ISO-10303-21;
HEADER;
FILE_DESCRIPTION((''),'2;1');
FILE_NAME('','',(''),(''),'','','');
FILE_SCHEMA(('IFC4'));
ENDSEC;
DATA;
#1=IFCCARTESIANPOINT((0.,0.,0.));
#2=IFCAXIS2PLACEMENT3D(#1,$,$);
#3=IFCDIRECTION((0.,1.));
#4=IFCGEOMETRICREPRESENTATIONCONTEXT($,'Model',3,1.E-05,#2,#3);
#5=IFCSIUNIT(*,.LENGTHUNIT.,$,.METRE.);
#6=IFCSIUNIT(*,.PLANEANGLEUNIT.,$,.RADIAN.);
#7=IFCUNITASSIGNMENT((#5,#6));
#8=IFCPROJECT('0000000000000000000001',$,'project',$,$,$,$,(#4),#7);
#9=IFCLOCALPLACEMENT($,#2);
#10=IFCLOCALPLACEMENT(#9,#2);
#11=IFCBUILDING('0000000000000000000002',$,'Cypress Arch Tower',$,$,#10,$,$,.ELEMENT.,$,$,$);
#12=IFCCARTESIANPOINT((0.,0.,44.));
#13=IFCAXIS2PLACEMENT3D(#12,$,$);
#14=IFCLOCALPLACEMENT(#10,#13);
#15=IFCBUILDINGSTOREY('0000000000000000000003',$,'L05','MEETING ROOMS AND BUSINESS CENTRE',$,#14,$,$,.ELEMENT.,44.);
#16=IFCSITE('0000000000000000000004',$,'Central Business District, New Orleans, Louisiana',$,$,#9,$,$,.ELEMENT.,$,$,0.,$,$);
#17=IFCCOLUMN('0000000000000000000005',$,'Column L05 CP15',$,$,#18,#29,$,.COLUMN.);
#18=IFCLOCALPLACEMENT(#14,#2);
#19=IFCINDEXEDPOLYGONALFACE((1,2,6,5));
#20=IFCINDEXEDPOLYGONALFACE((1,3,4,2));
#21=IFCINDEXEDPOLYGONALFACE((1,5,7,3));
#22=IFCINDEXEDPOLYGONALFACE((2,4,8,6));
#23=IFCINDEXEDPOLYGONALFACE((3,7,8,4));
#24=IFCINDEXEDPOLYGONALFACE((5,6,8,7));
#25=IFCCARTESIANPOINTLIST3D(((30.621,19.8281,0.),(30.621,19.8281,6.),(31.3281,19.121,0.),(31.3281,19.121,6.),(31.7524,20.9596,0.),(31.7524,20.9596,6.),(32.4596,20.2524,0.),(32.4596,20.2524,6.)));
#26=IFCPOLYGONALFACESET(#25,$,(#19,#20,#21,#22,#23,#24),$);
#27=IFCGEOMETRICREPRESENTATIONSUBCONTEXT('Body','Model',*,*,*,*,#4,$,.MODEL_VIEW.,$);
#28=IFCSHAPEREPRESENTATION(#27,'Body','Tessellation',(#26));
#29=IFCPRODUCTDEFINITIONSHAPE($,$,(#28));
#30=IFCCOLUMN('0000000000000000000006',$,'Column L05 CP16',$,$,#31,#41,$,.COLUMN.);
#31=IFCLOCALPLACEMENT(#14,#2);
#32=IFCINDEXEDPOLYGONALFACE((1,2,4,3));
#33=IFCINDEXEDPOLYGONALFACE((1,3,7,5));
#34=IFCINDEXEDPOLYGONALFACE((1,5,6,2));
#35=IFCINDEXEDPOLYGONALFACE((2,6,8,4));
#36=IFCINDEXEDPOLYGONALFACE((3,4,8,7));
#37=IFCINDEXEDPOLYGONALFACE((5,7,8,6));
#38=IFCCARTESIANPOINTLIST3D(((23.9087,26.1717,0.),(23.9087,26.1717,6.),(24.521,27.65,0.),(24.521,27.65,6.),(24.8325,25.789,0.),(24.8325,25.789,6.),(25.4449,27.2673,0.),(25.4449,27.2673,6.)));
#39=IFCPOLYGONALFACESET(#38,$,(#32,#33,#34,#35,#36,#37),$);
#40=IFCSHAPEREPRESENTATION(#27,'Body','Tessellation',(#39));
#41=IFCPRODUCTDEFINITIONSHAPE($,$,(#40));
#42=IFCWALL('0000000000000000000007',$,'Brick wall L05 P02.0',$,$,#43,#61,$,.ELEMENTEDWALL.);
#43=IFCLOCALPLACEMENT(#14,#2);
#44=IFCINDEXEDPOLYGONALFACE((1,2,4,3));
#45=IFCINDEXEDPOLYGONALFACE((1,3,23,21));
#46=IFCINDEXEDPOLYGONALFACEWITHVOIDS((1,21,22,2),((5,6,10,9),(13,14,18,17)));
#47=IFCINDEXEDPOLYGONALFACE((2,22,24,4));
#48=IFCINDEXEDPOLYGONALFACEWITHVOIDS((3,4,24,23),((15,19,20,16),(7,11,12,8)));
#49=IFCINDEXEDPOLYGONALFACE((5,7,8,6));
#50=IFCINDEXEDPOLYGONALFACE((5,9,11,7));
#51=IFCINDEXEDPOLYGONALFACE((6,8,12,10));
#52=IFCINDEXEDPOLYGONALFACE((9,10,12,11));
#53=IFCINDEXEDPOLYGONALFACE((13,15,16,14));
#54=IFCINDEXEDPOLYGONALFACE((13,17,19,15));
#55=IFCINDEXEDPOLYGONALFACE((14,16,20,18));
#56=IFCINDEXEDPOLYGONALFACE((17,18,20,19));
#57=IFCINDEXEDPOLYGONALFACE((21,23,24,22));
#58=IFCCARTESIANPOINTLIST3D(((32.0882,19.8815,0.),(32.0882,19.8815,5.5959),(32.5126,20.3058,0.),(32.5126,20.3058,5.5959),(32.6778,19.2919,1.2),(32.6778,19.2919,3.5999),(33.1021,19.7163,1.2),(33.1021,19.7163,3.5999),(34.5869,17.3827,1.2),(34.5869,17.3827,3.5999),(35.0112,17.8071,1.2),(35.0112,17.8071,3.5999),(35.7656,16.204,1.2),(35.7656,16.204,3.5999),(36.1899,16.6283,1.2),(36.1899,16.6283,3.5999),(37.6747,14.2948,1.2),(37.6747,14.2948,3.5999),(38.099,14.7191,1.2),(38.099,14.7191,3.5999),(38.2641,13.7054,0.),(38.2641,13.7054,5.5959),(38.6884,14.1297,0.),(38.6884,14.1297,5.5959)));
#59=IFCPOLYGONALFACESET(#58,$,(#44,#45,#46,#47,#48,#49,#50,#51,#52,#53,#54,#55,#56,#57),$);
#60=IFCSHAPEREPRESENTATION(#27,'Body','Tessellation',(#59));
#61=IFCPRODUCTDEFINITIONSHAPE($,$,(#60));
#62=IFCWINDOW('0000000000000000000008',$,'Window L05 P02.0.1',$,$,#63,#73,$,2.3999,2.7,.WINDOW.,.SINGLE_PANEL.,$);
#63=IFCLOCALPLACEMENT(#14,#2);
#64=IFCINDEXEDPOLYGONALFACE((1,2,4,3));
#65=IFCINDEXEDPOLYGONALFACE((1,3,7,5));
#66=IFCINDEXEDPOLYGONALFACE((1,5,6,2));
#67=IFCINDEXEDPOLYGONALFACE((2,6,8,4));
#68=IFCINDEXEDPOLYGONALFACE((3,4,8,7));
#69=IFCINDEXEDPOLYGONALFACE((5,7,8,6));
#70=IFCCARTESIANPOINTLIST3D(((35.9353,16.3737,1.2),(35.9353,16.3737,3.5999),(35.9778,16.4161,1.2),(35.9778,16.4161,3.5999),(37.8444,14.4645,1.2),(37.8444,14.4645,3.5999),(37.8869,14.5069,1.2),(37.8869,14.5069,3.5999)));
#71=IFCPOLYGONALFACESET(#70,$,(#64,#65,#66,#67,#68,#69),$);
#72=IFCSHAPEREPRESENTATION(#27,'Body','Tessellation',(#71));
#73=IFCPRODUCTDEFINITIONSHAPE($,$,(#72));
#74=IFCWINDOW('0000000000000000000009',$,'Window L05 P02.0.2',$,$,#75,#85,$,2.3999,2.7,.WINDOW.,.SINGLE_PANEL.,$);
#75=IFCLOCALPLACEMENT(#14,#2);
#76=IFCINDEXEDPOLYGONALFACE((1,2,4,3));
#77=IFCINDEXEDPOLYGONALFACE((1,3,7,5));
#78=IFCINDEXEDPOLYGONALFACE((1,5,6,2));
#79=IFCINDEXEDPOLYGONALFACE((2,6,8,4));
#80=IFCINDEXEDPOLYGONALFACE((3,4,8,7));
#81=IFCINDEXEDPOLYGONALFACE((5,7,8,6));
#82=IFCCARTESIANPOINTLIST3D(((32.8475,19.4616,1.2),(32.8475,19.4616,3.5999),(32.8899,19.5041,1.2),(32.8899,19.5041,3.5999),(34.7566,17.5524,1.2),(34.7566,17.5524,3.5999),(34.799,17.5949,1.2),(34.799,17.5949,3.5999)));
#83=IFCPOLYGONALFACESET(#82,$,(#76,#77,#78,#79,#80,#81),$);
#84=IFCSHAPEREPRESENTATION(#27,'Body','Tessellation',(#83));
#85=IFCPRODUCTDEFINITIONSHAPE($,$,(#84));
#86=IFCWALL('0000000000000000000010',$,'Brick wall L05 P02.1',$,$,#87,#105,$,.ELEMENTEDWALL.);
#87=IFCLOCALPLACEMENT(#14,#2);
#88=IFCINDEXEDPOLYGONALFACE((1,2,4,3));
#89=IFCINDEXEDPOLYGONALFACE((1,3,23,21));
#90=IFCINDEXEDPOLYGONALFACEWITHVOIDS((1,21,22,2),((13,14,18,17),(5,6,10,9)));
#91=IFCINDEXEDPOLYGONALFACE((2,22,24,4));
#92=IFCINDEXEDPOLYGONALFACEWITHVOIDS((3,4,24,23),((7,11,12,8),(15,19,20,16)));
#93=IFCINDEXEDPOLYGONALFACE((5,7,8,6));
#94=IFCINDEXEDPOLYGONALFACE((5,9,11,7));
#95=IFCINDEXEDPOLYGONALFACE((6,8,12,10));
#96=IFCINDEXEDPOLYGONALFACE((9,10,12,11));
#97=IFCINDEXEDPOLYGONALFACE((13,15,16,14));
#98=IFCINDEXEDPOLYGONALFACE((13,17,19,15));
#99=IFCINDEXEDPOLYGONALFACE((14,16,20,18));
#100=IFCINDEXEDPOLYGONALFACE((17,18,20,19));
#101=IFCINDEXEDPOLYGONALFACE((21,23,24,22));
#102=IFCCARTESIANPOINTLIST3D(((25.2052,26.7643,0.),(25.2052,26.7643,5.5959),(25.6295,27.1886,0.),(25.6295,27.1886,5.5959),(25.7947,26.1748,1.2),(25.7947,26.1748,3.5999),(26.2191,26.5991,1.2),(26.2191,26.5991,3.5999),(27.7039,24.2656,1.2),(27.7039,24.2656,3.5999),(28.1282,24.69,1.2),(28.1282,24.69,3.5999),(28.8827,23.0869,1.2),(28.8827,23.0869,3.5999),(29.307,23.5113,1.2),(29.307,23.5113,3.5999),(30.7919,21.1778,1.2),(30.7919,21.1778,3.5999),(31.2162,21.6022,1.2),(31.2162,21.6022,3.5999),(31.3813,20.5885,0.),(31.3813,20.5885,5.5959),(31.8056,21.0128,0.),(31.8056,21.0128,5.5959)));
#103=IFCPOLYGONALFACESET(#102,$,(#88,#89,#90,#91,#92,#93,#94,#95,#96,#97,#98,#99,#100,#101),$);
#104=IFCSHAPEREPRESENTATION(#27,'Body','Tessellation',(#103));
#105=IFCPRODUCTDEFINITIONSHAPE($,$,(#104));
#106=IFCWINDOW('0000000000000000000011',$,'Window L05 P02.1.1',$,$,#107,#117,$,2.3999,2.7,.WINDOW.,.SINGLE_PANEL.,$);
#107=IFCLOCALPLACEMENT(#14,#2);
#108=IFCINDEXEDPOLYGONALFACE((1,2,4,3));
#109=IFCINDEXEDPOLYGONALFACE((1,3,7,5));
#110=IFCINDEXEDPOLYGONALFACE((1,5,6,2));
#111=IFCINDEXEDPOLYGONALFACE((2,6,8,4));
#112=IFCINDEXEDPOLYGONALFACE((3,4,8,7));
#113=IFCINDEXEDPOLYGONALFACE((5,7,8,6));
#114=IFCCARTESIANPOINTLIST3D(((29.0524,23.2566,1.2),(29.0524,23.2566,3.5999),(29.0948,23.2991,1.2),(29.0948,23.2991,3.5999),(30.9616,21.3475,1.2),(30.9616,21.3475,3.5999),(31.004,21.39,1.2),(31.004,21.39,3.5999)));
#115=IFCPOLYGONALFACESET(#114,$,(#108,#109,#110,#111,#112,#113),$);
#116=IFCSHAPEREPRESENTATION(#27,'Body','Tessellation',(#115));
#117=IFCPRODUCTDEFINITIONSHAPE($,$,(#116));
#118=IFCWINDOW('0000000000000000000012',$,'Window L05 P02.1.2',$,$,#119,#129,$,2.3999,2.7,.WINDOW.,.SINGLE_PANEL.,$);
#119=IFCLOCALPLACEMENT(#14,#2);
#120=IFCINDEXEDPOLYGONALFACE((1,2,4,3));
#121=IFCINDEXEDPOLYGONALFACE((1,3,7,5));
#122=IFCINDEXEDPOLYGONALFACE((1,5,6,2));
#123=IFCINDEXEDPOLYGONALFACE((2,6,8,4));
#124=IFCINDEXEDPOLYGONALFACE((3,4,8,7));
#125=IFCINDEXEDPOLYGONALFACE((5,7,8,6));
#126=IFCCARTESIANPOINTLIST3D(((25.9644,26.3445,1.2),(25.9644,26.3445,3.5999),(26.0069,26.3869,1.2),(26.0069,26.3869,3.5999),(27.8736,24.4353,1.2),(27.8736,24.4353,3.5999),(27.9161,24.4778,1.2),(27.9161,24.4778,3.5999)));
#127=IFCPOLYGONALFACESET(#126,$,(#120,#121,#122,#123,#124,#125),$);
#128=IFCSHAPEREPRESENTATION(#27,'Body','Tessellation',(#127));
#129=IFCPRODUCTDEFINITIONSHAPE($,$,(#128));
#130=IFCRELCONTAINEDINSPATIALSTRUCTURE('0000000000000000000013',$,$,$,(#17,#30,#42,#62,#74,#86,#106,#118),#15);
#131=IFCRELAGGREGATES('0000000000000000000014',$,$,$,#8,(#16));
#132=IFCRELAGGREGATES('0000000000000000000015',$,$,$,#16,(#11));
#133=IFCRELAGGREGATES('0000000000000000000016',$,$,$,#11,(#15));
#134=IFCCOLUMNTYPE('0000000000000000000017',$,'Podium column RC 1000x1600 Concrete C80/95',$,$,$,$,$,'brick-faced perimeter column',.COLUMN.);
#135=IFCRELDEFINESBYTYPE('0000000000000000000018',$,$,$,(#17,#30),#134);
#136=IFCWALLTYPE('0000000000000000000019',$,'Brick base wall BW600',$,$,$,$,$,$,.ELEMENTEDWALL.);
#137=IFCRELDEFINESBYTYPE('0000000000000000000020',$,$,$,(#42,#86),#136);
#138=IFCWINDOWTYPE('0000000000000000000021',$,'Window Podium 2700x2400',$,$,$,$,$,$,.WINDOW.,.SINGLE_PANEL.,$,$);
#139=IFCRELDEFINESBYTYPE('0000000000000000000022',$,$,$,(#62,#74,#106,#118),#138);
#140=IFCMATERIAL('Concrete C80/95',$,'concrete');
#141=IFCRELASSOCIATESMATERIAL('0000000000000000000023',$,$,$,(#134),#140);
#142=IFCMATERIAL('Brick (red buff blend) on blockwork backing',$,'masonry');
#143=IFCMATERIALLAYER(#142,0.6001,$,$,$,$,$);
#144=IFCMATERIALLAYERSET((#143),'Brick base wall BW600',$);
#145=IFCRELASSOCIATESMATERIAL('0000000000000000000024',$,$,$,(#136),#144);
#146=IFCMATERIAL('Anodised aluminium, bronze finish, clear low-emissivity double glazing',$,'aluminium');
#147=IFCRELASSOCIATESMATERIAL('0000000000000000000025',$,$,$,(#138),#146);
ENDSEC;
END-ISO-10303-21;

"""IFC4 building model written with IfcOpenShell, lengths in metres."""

from ifc_helpers import new_model, si_unit, direction, frame, frame_2d, origin, origin_2d, place, context, subcontext, project, spatial, rectangle, extrude, material, layer, layer_set, material_profile, profile_set, type_object, element, fill, save


model = new_model("IFC4")

# Units and contexts
model_context = context("Model", 3, precision=1e-05, world=origin(), true_north=direction((0.0, 1.0)))
body_context = subcontext(model_context, "Body", "Model", "MODEL_VIEW")
ifc_project = project(units=[si_unit("LENGTHUNIT", "METRE"), si_unit("PLANEANGLEUNIT", "RADIAN")], contexts=[model_context])

# Site, building, storey
site_placement = place(None, origin())
site = spatial("IfcSite", under=ifc_project, at=site_placement, Name="Central Business District, New Orleans, Louisiana", CompositionType="ELEMENT", RefElevation=0.0)
building_placement = place(site_placement, origin())
building = spatial("IfcBuilding", under=site, at=building_placement, Name="Cypress Arch Tower", CompositionType="ELEMENT")
storey_placement = place(building_placement, frame((0.0, 0.0, 44.0)))
storey = spatial("IfcBuildingStorey", under=building, at=storey_placement, Name="L05", Description="MEETING ROOMS AND BUSINESS CENTRE", CompositionType="ELEMENT", Elevation=44.0)

# Columns
ifc_material_1 = material(Name="Concrete C80/95", Category="concrete")
ifc_material_profile = material_profile(ifc_material_1, rectangle(XDim=1.0, YDim=1.6001, at=origin_2d()), Name="RC 1000x1600")
ifc_profile_set = profile_set([ifc_material_profile], Name="Concrete C80/95")
column_type = type_object("IfcColumnType", Name="Podium column RC 1000x1600 Concrete C80/95", ElementType="brick-faced perimeter column", PredefinedType="COLUMN", material=ifc_profile_set)
for number, where, z_axis, x_axis, name in (
    (1, (31.5403, 20.0403, 0.0), (0.0, 0.0, 1.0), (-0.707107, 0.707107, 0.0), "Column L05 CP15"),
    (2, (24.6768, 26.7195, 0.0), (0.0, 0.0, 1.0), (-0.92388, 0.382683, 0.0), "Column L05 CP16"),
):
    element("IfcColumn", number, at=place(storey_placement, frame(where, z_axis=z_axis, x_axis=x_axis)), inside=storey, type_object=column_type, Name=name, PredefinedType="COLUMN", context=body_context, shape_type="SweptSolid", body=[
        extrude(rectangle(XDim=1.0, YDim=1.6001, at=origin_2d()), origin(), (0.0, 0.0, 1.0), 6.0),
    ])

# Walls, openings, windows
ifc_material_2 = material(Name="Brick (red buff blend) on blockwork backing", Category="masonry")
ifc_layer = layer(ifc_material_2, 0.6001)
ifc_layer_set = layer_set([ifc_layer], Name="Brick base wall BW600")
wall_type = type_object("IfcWallType", Name="Brick base wall BW600", PredefinedType="ELEMENTEDWALL", material=ifc_layer_set)
wall_1_placement = place(storey_placement, frame((38.4763, 13.9175, 0.0), z_axis=(0.0, 0.0, 1.0), x_axis=(-0.707093, 0.707121, 0.0)))
wall_1 = element("IfcWall", 3, at=wall_1_placement, inside=storey, type_object=wall_type, Name="Brick wall L05 P02.0", PredefinedType="ELEMENTEDWALL", context=body_context, shape_type="SweptSolid", body=[
    extrude(rectangle(XDim=8.7341, YDim=0.6001, at=frame_2d((4.3672, 0.0))), origin(), (0.0, 0.0, 1.0), 5.5959),
])
opening_1_placement = place(wall_1_placement, frame((0.8335, 0.0, 1.2)))
opening_1 = element("IfcOpeningElement", 4, at=opening_1_placement, cuts=wall_1, PredefinedType="OPENING", context=body_context, shape_type="SweptSolid", body=[
    extrude(rectangle(XDim=2.7, YDim=2.3999, at=frame_2d((1.3501, 1.2))), frame((0.0, 0.3101, 0.0), z_axis=(0.0, -1.0, 0.0), x_axis=(1.0, 0.0, 0.0)), (0.0, 0.0, 1.0), 0.6201),
])
opening_2_placement = place(wall_1_placement, frame((5.2004, 0.0, 1.2)))
opening_2 = element("IfcOpeningElement", 5, at=opening_2_placement, cuts=wall_1, PredefinedType="OPENING", context=body_context, shape_type="SweptSolid", body=[
    extrude(rectangle(XDim=2.7, YDim=2.3999, at=frame_2d((1.3501, 1.2))), frame((0.0, 0.3101, 0.0), z_axis=(0.0, -1.0, 0.0), x_axis=(1.0, 0.0, 0.0)), (0.0, 0.0, 1.0), 0.6201),
])
ifc_material_3 = material(Name="Anodised aluminium, bronze finish, clear low-emissivity double glazing", Category="aluminium")
window_type_1 = type_object("IfcWindowType", Name="Window Podium 2700x2400", PartitioningType="SINGLE_PANEL", PredefinedType="WINDOW", material=ifc_material_3)
window_1_placement = place(opening_1_placement, origin())
window_1 = element("IfcWindow", 6, at=window_1_placement, inside=storey, type_object=window_type_1, Name="Window L05 P02.0.1", OverallHeight=2.3999, OverallWidth=2.7, PartitioningType="SINGLE_PANEL", PredefinedType="WINDOW", context=body_context, shape_type="SweptSolid", body=[
    extrude(rectangle(XDim=2.7, YDim=2.3999, at=frame_2d((1.3501, 1.2))), frame((0.0, 0.0601, 0.0), z_axis=(0.0, -1.0, 0.0), x_axis=(1.0, 0.0, 0.0)), (0.0, 0.0, 1.0), 0.0601),
])
fill(opening_1, window_1)
window_2_placement = place(opening_2_placement, origin())
window_2 = element("IfcWindow", 7, at=window_2_placement, inside=storey, type_object=window_type_1, Name="Window L05 P02.0.2", OverallHeight=2.3999, OverallWidth=2.7, PartitioningType="SINGLE_PANEL", PredefinedType="WINDOW", context=body_context, shape_type="SweptSolid", body=[
    extrude(rectangle(XDim=2.7, YDim=2.3999, at=frame_2d((1.3501, 1.2))), frame((0.0, 0.0601, 0.0), z_axis=(0.0, -1.0, 0.0), x_axis=(1.0, 0.0, 0.0)), (0.0, 0.0, 1.0), 0.0601),
])
fill(opening_2, window_2)
wall_2_placement = place(storey_placement, frame((31.5935, 20.8005, 0.0), z_axis=(0.0, 0.0, 1.0), x_axis=(-0.707121, 0.707093, 0.0)))
wall_2 = element("IfcWall", 8, at=wall_2_placement, inside=storey, type_object=wall_type, Name="Brick wall L05 P02.1", PredefinedType="ELEMENTEDWALL", context=body_context, shape_type="SweptSolid", body=[
    extrude(rectangle(XDim=8.7341, YDim=0.6001, at=frame_2d((4.3672, 0.0))), origin(), (0.0, 0.0, 1.0), 5.5959),
])
opening_3_placement = place(wall_2_placement, frame((0.8335, 0.0, 1.2)))
opening_3 = element("IfcOpeningElement", 9, at=opening_3_placement, cuts=wall_2, PredefinedType="OPENING", context=body_context, shape_type="SweptSolid", body=[
    extrude(rectangle(XDim=2.7, YDim=2.3999, at=frame_2d((1.3501, 1.2))), frame((0.0, 0.3101, 0.0), z_axis=(0.0, -1.0, 0.0), x_axis=(1.0, 0.0, 0.0)), (0.0, 0.0, 1.0), 0.6201),
])
opening_4_placement = place(wall_2_placement, frame((5.2004, 0.0, 1.2)))
opening_4 = element("IfcOpeningElement", 10, at=opening_4_placement, cuts=wall_2, PredefinedType="OPENING", context=body_context, shape_type="SweptSolid", body=[
    extrude(rectangle(XDim=2.7, YDim=2.3999, at=frame_2d((1.3501, 1.2))), frame((0.0, 0.3101, 0.0), z_axis=(0.0, -1.0, 0.0), x_axis=(1.0, 0.0, 0.0)), (0.0, 0.0, 1.0), 0.6201),
])
window_3_placement = place(opening_3_placement, origin())
window_3 = element("IfcWindow", 11, at=window_3_placement, inside=storey, type_object=window_type_1, Name="Window L05 P02.1.1", OverallHeight=2.3999, OverallWidth=2.7, PartitioningType="SINGLE_PANEL", PredefinedType="WINDOW", context=body_context, shape_type="SweptSolid", body=[
    extrude(rectangle(XDim=2.7, YDim=2.3999, at=frame_2d((1.3501, 1.2))), frame((0.0, 0.0601, 0.0), z_axis=(0.0, -1.0, 0.0), x_axis=(1.0, 0.0, 0.0)), (0.0, 0.0, 1.0), 0.0601),
])
fill(opening_3, window_3)
window_4_placement = place(opening_4_placement, origin())
window_4 = element("IfcWindow", 12, at=window_4_placement, inside=storey, type_object=window_type_1, Name="Window L05 P02.1.2", OverallHeight=2.3999, OverallWidth=2.7, PartitioningType="SINGLE_PANEL", PredefinedType="WINDOW", context=body_context, shape_type="SweptSolid", body=[
    extrude(rectangle(XDim=2.7, YDim=2.3999, at=frame_2d((1.3501, 1.2))), frame((0.0, 0.0601, 0.0), z_axis=(0.0, -1.0, 0.0), x_axis=(1.0, 0.0, 0.0)), (0.0, 0.0, 1.0), 0.0601),
])
fill(opening_4, window_4)

save(model, "model.ifc")
